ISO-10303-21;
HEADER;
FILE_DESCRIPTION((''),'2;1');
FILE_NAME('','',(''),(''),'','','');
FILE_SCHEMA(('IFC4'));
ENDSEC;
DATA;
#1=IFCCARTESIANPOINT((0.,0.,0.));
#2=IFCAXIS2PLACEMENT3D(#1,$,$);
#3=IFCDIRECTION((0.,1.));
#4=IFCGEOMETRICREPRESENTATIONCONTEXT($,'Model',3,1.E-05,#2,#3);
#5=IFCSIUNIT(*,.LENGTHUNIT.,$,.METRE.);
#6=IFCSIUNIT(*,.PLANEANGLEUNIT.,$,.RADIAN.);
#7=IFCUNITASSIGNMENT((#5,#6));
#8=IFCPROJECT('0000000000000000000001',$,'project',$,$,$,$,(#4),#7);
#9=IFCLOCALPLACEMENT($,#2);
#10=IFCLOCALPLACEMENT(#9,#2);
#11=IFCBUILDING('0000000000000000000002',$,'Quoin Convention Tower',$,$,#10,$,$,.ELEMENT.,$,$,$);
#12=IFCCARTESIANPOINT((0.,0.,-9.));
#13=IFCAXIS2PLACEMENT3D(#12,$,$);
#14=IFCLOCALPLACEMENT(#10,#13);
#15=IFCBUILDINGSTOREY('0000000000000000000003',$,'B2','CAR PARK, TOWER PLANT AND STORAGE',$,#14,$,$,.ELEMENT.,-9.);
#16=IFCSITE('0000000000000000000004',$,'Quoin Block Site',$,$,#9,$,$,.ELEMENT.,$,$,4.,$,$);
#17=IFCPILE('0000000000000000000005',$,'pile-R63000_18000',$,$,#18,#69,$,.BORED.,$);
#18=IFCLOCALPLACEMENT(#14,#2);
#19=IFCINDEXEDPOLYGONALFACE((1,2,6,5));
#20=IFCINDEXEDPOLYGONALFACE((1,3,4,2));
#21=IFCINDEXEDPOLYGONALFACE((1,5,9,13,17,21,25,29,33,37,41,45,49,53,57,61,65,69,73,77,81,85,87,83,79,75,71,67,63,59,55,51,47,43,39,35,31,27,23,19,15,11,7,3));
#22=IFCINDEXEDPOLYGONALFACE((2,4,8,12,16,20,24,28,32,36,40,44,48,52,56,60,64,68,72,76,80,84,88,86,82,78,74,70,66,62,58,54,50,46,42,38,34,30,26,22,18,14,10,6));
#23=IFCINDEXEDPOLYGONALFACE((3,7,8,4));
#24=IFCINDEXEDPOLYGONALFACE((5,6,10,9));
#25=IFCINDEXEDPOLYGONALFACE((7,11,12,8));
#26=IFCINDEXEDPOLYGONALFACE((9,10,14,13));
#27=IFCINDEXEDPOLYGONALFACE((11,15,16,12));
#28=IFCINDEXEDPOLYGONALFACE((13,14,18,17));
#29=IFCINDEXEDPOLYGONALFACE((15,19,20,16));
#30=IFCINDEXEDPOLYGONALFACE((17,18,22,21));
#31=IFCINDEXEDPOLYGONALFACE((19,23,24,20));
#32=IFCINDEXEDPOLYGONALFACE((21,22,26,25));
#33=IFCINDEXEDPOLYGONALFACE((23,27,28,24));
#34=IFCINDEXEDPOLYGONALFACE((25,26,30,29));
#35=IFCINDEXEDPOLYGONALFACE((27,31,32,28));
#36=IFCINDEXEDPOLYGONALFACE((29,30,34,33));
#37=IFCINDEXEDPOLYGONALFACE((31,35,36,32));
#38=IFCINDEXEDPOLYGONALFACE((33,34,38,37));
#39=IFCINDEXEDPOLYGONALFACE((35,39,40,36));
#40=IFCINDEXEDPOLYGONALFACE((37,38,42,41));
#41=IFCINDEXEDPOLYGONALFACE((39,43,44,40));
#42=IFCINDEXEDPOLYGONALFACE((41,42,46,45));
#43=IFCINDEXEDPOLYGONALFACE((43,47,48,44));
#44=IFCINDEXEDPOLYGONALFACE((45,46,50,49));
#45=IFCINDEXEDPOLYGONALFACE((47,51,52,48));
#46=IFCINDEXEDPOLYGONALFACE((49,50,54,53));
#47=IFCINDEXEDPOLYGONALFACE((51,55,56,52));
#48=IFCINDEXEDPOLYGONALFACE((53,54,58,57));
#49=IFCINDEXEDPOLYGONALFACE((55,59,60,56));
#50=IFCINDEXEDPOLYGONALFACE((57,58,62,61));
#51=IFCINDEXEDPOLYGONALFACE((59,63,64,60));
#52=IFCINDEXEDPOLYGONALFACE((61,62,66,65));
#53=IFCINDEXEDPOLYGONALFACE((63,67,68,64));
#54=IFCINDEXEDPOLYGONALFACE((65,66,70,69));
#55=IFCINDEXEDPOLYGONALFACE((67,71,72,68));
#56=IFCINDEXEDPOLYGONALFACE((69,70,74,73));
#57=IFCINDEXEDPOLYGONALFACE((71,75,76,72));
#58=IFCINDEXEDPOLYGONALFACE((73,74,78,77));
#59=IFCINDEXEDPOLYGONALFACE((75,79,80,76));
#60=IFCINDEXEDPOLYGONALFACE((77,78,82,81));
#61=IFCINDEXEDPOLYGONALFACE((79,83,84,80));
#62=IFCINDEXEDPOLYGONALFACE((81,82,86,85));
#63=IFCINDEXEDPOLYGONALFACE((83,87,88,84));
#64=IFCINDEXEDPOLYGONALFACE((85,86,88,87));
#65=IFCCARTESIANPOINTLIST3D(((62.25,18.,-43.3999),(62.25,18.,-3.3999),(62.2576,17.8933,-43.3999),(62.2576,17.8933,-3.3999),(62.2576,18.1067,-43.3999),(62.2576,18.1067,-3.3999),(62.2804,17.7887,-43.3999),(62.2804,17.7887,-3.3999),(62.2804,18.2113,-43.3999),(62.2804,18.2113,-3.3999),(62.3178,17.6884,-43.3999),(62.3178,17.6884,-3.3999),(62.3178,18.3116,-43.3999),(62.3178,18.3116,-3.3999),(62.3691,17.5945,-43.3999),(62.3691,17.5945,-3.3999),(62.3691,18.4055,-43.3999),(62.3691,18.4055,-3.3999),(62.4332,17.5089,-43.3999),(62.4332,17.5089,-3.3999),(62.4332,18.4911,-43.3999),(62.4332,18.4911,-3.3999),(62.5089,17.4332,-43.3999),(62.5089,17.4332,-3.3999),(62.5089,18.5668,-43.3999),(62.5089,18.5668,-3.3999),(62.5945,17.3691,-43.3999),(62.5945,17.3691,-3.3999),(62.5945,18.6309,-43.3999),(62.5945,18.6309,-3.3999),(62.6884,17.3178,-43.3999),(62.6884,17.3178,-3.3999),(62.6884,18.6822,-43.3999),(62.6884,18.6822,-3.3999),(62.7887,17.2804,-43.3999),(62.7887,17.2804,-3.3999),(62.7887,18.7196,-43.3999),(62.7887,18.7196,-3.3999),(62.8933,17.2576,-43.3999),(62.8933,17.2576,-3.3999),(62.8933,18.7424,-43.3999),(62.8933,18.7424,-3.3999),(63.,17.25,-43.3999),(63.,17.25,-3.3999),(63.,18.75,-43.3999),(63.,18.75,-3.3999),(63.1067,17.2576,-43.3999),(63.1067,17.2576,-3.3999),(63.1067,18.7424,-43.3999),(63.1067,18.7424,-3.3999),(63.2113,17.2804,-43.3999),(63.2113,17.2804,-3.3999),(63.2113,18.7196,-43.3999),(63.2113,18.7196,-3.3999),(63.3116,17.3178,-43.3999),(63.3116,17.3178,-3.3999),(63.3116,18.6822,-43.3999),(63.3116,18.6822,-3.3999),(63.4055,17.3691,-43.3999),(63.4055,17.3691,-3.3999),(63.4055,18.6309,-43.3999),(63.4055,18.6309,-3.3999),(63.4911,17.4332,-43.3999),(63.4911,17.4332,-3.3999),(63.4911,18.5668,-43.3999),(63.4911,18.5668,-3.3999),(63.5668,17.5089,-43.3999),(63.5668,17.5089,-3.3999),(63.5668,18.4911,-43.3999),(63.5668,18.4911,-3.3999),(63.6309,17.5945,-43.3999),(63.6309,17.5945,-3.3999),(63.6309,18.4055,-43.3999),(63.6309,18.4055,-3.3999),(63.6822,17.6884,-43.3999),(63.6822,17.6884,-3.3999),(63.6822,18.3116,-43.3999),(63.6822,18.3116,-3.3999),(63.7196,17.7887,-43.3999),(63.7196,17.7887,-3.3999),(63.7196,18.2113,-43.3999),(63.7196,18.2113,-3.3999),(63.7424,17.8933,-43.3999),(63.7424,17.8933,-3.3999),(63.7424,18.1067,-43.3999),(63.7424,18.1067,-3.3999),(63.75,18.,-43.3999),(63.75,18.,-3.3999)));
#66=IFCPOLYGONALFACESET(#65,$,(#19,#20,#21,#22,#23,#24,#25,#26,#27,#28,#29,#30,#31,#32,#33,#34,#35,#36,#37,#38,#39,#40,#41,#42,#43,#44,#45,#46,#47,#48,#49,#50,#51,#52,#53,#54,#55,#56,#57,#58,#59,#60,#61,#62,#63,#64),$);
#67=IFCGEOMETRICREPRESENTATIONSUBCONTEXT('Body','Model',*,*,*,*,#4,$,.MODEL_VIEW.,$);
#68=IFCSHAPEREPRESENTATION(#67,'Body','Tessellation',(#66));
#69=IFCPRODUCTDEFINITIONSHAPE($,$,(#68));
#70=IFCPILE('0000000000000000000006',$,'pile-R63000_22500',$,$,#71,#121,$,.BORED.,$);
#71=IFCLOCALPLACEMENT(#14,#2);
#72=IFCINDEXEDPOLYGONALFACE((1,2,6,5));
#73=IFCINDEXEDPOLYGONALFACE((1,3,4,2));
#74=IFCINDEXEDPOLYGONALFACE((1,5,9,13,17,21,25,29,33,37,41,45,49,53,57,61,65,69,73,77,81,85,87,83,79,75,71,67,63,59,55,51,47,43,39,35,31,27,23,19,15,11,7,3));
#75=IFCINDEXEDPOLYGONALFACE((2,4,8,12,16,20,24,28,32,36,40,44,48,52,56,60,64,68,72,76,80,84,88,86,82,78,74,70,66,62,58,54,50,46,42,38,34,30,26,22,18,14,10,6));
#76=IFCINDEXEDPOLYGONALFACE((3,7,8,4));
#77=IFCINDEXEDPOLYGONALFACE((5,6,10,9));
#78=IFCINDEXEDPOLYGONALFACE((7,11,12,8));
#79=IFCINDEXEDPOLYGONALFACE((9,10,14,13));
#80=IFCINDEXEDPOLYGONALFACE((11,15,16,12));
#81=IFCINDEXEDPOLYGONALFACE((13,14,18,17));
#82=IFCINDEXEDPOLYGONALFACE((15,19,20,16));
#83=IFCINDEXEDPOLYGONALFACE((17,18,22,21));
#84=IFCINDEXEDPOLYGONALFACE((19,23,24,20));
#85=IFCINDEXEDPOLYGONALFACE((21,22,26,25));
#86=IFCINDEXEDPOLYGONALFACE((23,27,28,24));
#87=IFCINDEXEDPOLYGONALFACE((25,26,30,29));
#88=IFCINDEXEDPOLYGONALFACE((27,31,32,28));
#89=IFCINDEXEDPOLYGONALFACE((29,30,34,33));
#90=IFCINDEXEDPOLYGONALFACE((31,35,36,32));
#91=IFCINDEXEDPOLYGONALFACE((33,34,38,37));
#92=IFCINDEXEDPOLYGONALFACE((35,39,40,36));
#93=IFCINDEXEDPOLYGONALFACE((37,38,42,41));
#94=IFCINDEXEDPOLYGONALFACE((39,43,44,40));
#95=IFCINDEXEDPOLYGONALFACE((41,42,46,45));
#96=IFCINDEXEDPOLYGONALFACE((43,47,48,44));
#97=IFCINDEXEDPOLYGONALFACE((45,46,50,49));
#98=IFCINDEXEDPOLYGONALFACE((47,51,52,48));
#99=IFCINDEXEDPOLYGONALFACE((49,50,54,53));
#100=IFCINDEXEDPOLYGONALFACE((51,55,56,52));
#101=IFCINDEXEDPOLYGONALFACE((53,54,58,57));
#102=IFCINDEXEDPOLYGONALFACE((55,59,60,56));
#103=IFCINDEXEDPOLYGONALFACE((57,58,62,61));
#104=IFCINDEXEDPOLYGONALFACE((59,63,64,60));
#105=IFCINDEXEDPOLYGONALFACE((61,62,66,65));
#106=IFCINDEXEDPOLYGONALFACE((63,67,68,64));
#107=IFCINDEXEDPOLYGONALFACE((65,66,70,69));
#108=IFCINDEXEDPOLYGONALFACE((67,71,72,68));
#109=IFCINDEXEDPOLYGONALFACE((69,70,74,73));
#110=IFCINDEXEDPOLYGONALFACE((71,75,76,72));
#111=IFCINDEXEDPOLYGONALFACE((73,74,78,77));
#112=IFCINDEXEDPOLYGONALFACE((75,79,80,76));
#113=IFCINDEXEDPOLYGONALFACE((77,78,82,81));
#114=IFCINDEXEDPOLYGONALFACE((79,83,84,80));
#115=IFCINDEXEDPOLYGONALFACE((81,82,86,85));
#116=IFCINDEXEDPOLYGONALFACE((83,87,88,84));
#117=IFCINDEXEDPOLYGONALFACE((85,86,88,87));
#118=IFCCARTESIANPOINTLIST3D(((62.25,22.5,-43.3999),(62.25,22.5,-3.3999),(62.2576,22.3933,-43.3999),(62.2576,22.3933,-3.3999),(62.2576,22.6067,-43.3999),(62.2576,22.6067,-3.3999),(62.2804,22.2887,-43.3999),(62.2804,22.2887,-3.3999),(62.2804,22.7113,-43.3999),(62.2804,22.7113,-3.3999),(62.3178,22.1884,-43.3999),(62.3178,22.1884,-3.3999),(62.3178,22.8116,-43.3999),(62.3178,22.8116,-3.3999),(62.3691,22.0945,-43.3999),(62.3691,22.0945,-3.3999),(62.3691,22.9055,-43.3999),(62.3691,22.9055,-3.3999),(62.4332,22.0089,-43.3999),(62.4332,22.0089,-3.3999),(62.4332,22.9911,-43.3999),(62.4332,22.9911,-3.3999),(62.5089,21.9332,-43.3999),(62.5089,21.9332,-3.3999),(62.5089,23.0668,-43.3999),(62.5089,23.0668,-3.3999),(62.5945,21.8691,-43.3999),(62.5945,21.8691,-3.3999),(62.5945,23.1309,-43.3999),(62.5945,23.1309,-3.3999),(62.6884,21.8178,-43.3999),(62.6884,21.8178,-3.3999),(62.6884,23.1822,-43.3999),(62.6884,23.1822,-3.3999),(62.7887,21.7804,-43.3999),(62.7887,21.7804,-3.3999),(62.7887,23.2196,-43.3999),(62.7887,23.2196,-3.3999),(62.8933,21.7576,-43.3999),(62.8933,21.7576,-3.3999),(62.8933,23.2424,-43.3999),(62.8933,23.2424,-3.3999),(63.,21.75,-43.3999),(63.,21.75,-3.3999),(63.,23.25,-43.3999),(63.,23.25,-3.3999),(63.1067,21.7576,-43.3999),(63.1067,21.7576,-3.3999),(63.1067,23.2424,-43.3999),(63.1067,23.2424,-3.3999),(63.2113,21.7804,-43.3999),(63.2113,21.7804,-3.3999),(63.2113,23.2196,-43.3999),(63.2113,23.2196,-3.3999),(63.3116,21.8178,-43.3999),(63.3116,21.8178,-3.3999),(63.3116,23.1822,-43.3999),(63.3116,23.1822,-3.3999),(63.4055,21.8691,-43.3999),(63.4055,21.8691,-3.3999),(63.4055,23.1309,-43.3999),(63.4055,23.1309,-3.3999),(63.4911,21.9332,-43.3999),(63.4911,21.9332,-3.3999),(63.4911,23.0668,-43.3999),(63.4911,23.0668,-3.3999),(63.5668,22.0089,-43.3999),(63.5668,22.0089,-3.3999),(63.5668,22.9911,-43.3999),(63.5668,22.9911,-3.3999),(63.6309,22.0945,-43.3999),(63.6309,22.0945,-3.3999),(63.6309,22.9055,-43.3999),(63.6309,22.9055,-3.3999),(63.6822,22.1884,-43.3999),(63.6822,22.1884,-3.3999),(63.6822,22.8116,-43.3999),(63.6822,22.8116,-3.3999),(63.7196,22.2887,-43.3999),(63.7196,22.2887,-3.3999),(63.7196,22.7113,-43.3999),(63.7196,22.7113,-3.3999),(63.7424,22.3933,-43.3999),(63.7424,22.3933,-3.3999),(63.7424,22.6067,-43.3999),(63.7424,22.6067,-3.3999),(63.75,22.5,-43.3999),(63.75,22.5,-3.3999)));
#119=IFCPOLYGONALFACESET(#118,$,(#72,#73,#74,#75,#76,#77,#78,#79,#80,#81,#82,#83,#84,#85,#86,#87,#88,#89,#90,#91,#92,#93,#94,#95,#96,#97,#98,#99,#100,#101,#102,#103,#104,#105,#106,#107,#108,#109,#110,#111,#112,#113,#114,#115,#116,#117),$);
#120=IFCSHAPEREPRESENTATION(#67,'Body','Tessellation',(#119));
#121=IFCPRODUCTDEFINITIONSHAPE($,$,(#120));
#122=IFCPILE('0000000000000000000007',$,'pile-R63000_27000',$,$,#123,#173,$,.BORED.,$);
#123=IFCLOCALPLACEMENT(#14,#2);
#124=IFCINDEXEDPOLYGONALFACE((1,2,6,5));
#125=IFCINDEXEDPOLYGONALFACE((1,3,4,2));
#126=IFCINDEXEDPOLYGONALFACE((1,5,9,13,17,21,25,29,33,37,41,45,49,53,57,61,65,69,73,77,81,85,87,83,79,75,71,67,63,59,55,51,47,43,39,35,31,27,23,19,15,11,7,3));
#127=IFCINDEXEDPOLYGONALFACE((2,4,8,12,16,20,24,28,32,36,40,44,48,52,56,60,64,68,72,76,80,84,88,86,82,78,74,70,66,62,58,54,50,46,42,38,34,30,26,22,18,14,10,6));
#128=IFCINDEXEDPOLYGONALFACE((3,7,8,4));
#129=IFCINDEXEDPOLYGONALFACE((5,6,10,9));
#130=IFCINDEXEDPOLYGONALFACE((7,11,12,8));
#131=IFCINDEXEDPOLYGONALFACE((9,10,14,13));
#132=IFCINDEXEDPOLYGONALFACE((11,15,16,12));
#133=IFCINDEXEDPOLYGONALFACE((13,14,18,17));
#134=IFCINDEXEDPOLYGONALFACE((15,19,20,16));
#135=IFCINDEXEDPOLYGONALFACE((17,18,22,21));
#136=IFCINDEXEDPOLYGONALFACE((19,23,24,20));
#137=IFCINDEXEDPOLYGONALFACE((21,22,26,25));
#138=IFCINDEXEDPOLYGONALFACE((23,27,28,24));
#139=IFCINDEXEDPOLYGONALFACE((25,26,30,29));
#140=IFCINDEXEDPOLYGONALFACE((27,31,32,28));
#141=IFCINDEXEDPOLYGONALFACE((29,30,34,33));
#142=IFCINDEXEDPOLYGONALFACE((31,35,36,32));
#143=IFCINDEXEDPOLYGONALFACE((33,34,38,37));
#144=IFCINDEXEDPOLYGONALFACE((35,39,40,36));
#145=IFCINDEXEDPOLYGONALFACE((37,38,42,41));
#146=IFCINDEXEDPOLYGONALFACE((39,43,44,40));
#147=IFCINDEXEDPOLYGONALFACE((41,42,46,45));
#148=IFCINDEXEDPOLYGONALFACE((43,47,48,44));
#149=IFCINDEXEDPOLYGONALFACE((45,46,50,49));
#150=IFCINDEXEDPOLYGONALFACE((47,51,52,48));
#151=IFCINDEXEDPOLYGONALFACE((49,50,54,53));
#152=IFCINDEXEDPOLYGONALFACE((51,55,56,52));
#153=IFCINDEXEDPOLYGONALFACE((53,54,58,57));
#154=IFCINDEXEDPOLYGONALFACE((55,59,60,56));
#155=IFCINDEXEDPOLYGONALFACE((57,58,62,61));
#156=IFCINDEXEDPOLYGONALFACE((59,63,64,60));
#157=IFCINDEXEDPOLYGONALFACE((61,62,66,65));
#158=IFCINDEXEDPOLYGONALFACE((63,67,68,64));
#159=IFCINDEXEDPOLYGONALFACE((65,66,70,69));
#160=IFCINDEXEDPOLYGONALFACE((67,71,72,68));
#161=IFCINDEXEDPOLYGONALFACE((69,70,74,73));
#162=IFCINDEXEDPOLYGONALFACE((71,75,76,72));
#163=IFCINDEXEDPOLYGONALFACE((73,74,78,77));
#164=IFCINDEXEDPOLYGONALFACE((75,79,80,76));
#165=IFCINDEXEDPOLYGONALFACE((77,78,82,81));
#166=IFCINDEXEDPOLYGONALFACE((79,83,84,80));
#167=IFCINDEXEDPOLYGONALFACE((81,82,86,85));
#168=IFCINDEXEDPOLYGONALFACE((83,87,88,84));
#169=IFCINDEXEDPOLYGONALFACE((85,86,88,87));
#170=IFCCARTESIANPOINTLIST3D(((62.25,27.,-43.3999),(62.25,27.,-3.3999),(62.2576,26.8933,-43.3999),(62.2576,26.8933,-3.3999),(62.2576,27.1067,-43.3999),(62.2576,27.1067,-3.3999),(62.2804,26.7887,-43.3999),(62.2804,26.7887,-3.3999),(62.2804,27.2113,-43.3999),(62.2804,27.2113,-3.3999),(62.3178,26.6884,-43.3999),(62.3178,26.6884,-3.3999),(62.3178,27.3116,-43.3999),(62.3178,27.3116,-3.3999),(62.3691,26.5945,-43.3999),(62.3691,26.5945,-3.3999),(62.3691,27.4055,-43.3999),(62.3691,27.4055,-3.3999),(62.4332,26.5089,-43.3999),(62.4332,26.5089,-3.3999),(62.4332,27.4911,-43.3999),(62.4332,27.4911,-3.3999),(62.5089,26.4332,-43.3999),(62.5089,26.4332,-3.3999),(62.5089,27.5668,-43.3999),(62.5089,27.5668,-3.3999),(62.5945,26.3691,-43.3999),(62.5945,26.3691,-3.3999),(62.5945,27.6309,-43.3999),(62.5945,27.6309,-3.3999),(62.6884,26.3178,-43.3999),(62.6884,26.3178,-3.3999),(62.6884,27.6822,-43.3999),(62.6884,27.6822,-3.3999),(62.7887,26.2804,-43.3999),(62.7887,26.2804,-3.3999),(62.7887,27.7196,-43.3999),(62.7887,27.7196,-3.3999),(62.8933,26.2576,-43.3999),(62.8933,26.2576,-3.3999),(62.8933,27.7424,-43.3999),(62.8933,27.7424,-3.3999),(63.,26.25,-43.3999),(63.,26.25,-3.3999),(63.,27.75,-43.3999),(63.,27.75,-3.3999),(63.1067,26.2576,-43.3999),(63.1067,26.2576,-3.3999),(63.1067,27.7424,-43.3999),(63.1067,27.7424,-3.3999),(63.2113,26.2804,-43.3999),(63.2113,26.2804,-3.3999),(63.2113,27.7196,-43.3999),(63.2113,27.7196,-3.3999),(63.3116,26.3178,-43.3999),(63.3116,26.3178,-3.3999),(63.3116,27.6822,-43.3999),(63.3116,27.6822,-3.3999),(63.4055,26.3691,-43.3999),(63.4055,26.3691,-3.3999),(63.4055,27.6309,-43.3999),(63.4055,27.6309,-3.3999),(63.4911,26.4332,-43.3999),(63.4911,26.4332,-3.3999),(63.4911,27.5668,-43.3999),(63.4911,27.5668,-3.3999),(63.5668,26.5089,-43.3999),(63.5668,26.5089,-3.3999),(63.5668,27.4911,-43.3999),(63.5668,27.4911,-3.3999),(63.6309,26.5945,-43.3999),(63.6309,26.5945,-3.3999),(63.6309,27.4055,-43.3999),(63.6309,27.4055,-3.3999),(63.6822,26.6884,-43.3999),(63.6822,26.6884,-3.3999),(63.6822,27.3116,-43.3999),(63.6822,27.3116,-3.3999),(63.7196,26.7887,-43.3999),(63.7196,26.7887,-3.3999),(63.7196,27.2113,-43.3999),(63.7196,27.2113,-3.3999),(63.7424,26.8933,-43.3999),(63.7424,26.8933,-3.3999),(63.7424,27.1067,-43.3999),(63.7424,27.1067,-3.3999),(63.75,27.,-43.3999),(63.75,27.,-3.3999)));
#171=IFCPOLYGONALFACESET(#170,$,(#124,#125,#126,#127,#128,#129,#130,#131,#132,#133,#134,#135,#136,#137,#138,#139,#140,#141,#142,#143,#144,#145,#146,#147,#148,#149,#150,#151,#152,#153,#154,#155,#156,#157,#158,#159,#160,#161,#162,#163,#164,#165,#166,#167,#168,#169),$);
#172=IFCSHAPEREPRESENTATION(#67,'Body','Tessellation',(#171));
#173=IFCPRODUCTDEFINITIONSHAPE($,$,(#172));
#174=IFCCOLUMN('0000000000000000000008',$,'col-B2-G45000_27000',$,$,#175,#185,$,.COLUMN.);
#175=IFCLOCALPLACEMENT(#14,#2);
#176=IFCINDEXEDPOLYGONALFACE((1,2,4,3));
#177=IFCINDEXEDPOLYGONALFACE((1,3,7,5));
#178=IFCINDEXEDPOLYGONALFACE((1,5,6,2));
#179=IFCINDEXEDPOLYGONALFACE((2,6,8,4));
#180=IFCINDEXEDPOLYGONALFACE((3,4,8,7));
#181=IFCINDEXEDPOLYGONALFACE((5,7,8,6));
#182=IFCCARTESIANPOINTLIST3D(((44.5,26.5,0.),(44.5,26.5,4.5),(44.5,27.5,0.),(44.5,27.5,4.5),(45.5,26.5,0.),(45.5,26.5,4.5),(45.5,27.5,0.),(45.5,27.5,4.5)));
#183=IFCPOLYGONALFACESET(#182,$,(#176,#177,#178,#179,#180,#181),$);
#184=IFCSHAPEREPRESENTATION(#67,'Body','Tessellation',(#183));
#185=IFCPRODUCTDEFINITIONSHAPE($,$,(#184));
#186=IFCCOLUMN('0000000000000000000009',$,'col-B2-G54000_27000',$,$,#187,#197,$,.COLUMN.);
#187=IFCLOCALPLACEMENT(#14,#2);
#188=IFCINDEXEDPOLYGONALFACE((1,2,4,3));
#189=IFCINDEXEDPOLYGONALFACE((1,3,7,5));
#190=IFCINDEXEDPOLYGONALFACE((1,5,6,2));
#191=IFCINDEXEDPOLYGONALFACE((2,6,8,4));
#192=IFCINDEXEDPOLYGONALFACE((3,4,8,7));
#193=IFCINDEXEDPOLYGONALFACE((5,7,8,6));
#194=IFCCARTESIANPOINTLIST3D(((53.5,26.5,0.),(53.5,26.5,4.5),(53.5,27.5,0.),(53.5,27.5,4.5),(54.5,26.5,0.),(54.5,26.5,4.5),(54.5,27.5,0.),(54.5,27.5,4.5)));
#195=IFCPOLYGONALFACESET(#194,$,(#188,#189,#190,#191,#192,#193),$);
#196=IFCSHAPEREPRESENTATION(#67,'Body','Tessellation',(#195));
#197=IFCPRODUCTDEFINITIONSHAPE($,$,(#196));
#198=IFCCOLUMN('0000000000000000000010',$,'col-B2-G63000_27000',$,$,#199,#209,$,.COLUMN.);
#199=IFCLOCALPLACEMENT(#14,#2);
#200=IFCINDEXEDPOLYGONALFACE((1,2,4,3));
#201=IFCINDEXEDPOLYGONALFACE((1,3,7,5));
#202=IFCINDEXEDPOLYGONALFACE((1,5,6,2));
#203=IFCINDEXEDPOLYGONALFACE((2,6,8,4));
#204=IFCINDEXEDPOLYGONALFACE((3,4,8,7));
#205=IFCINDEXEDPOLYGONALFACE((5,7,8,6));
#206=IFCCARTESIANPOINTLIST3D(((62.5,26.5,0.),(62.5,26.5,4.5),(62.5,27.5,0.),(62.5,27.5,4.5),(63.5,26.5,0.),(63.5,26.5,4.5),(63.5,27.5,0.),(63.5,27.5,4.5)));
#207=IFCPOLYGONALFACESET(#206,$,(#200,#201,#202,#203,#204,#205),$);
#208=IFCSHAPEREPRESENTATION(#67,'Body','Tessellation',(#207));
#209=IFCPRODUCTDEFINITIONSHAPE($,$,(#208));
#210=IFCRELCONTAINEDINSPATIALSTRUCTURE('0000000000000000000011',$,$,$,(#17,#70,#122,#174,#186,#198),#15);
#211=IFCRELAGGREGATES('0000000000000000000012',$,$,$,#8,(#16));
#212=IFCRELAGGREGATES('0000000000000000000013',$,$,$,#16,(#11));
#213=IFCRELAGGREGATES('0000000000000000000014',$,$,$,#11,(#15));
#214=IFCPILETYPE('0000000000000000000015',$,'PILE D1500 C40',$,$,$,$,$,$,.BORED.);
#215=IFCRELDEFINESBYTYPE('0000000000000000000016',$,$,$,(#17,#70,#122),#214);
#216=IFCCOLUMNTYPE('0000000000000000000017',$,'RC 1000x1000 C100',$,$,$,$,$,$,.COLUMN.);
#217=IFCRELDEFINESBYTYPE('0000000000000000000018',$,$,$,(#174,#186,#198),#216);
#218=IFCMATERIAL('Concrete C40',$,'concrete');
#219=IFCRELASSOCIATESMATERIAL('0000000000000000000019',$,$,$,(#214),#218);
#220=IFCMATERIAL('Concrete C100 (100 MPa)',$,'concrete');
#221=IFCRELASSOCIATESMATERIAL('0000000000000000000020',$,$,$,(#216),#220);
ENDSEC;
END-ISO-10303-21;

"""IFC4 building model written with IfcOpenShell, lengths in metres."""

from ifc_helpers import new_model, si_unit, direction, frame, origin, origin_2d, place, context, subcontext, project, spatial, rectangle, circle, extrude, material, material_profile, profile_set, type_object, element, save


model = new_model("IFC4")

# Units and contexts
model_context = context("Model", 3, precision=1e-05, world=origin(), true_north=direction((0.0, 1.0)))
body_context = subcontext(model_context, "Body", "Model", "MODEL_VIEW")
ifc_project = project(units=[si_unit("LENGTHUNIT", "METRE"), si_unit("PLANEANGLEUNIT", "RADIAN")], contexts=[model_context])

# Site, building, storey
site_placement = place(None, origin())
site = spatial("IfcSite", under=ifc_project, at=site_placement, Name="Quoin Block Site", CompositionType="ELEMENT", RefElevation=4.0)
building_placement = place(site_placement, origin())
building = spatial("IfcBuilding", under=site, at=building_placement, Name="Quoin Convention Tower", CompositionType="ELEMENT")
storey_placement = place(building_placement, frame((0.0, 0.0, -9.0)))
storey = spatial("IfcBuildingStorey", under=building, at=storey_placement, Name="B2", Description="CAR PARK, TOWER PLANT AND STORAGE", CompositionType="ELEMENT", Elevation=-9.0)

# Piles
ifc_material_1 = material(Name="Concrete C40", Category="concrete")
ifc_material_profile_1 = material_profile(ifc_material_1, circle(Radius=0.75, at=origin_2d()), Name="D1500")
ifc_profile_set_1 = profile_set([ifc_material_profile_1], Name="Concrete C40")
pile_type = type_object("IfcPileType", Name="PILE D1500 C40", PredefinedType="BORED", material=ifc_profile_set_1)
for number, where, z_axis, x_axis, name in (
    (1, (63.0, 18.0, -3.3999), (0.0, 0.0, -1.0), (1.0, 0.0, 0.0), "pile-R63000_18000"),
    (2, (63.0, 22.5, -3.3999), (0.0, 0.0, -1.0), (1.0, 0.0, 0.0), "pile-R63000_22500"),
    (3, (63.0, 27.0, -3.3999), (0.0, 0.0, -1.0), (1.0, 0.0, 0.0), "pile-R63000_27000"),
):
    element("IfcPile", number, at=place(storey_placement, frame(where, z_axis=z_axis, x_axis=x_axis)), inside=storey, type_object=pile_type, Name=name, PredefinedType="BORED", context=body_context, shape_type="SweptSolid", body=[
        extrude(circle(Radius=0.75, at=origin_2d()), origin(), (0.0, 0.0, 1.0), 40.0),
    ])

# Columns
ifc_material_2 = material(Name="Concrete C100 (100 MPa)", Category="concrete")
ifc_material_profile_2 = material_profile(ifc_material_2, rectangle(XDim=1.0, YDim=1.0, at=origin_2d()), Name="RC 1000x1000")
ifc_profile_set_2 = profile_set([ifc_material_profile_2], Name="Concrete C100 (100 MPa)")
column_type_1 = type_object("IfcColumnType", Name="RC 1000x1000 C100", PredefinedType="COLUMN", material=ifc_profile_set_2)
for number, where, z_axis, x_axis, name in (
    (4, (45.0, 27.0, 0.0), (0.0, 0.0, 1.0), (1.0, 0.0, 0.0), "col-B2-G45000_27000"),
    (5, (54.0, 27.0, 0.0), (0.0, 0.0, 1.0), (1.0, 0.0, 0.0), "col-B2-G54000_27000"),
    (6, (63.0, 27.0, 0.0), (0.0, 0.0, 1.0), (1.0, 0.0, 0.0), "col-B2-G63000_27000"),
):
    element("IfcColumn", number, at=place(storey_placement, frame(where, z_axis=z_axis, x_axis=x_axis)), inside=storey, type_object=column_type_1, Name=name, PredefinedType="COLUMN", context=body_context, shape_type="SweptSolid", body=[
        extrude(rectangle(XDim=1.0, YDim=1.0, at=origin_2d()), origin(), (0.0, 0.0, 1.0), 4.5),
    ])

save(model, "model.ifc")
